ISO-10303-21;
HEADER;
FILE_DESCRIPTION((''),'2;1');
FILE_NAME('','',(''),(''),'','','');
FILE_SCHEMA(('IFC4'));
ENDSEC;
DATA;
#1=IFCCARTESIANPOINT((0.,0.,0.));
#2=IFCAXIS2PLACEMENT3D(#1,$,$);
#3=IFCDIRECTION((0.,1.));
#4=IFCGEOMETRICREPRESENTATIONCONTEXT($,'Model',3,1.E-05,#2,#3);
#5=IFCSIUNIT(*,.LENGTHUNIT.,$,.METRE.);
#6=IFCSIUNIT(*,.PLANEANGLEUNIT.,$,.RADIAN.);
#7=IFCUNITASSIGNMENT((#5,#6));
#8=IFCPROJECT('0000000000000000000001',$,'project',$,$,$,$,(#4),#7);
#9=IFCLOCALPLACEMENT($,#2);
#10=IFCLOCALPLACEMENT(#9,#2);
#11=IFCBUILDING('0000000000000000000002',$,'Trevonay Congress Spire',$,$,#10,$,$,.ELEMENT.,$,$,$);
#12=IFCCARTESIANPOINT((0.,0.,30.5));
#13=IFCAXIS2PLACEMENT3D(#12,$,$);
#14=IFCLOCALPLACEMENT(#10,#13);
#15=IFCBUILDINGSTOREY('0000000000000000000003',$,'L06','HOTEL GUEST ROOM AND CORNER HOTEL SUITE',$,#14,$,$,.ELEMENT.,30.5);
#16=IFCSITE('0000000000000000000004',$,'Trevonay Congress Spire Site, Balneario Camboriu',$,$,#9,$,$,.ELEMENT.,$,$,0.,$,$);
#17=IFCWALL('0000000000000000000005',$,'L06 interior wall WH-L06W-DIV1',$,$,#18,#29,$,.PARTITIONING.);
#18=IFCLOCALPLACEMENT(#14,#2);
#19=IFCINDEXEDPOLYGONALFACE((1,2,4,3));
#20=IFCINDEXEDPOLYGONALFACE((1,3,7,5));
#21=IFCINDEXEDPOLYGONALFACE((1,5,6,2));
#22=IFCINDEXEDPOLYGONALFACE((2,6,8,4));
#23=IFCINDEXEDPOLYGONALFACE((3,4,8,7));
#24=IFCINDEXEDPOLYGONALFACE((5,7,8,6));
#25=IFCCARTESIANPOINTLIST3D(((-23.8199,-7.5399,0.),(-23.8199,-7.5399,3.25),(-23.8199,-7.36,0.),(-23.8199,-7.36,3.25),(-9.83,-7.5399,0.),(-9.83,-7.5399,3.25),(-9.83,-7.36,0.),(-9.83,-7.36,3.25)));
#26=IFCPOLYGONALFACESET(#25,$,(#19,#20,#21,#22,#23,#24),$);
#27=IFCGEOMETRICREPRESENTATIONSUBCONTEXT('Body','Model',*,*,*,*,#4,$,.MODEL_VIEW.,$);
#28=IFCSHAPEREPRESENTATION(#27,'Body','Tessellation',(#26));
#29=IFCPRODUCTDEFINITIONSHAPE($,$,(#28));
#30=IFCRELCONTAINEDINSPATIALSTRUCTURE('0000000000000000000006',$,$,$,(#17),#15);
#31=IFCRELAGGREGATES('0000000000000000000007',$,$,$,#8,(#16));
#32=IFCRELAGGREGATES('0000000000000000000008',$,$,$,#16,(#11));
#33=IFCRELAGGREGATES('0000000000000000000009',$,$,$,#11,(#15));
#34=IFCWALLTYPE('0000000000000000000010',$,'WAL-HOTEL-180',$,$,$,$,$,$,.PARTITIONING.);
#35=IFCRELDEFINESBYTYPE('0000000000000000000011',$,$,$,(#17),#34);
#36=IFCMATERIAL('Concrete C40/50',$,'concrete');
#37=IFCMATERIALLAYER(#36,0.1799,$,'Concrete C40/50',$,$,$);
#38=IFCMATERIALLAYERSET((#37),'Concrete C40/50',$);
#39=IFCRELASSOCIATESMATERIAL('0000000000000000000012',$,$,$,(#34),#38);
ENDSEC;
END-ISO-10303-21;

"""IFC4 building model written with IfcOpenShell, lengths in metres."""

from ifc_helpers import new_model, si_unit, direction, frame, frame_2d, origin, place, context, subcontext, project, spatial, rectangle, extrude, material, layer, layer_set, type_object, element, save


model = new_model("IFC4")

# Units and contexts
model_context = context("Model", 3, precision=1e-05, world=origin(), true_north=direction((0.0, 1.0)))
body_context = subcontext(model_context, "Body", "Model", "MODEL_VIEW")
ifc_project = project(units=[si_unit("LENGTHUNIT", "METRE"), si_unit("PLANEANGLEUNIT", "RADIAN")], contexts=[model_context])

# Site, building, storey
site_placement = place(None, origin())
site = spatial("IfcSite", under=ifc_project, at=site_placement, Name="Trevonay Congress Spire Site, Balneario Camboriu", CompositionType="ELEMENT", RefElevation=0.0)
building_placement = place(site_placement, origin())
building = spatial("IfcBuilding", under=site, at=building_placement, Name="Trevonay Congress Spire", CompositionType="ELEMENT")
storey_placement = place(building_placement, frame((0.0, 0.0, 30.5)))
storey = spatial("IfcBuildingStorey", under=building, at=storey_placement, Name="L06", Description="HOTEL GUEST ROOM AND CORNER HOTEL SUITE", CompositionType="ELEMENT", Elevation=30.5)

# Shared definitions
ifc_material_1 = material(Name="Concrete C40/50", Category="concrete")

# Wall
ifc_layer_1 = layer(ifc_material_1, 0.1799, Name="Concrete C40/50")
ifc_layer_set_1 = layer_set([ifc_layer_1], Name="Concrete C40/50")
wall_type_1 = type_object("IfcWallType", Name="WAL-HOTEL-180", PredefinedType="PARTITIONING", material=ifc_layer_set_1)
wall_1_placement = place(storey_placement, frame((-23.8201, -7.45, 0.0), z_axis=(0.0, 0.0, 1.0), x_axis=(1.0, 0.0, 0.0)))
element("IfcWall", 1, at=wall_1_placement, inside=storey, type_object=wall_type_1, Name="L06 interior wall WH-L06W-DIV1", PredefinedType="PARTITIONING", context=body_context, shape_type="SweptSolid", body=[
    extrude(rectangle(XDim=13.99, YDim=0.1799, at=frame_2d((6.9951, 0.0))), origin(), (0.0, 0.0, 1.0), 3.25),
])

save(model, "model.ifc")
